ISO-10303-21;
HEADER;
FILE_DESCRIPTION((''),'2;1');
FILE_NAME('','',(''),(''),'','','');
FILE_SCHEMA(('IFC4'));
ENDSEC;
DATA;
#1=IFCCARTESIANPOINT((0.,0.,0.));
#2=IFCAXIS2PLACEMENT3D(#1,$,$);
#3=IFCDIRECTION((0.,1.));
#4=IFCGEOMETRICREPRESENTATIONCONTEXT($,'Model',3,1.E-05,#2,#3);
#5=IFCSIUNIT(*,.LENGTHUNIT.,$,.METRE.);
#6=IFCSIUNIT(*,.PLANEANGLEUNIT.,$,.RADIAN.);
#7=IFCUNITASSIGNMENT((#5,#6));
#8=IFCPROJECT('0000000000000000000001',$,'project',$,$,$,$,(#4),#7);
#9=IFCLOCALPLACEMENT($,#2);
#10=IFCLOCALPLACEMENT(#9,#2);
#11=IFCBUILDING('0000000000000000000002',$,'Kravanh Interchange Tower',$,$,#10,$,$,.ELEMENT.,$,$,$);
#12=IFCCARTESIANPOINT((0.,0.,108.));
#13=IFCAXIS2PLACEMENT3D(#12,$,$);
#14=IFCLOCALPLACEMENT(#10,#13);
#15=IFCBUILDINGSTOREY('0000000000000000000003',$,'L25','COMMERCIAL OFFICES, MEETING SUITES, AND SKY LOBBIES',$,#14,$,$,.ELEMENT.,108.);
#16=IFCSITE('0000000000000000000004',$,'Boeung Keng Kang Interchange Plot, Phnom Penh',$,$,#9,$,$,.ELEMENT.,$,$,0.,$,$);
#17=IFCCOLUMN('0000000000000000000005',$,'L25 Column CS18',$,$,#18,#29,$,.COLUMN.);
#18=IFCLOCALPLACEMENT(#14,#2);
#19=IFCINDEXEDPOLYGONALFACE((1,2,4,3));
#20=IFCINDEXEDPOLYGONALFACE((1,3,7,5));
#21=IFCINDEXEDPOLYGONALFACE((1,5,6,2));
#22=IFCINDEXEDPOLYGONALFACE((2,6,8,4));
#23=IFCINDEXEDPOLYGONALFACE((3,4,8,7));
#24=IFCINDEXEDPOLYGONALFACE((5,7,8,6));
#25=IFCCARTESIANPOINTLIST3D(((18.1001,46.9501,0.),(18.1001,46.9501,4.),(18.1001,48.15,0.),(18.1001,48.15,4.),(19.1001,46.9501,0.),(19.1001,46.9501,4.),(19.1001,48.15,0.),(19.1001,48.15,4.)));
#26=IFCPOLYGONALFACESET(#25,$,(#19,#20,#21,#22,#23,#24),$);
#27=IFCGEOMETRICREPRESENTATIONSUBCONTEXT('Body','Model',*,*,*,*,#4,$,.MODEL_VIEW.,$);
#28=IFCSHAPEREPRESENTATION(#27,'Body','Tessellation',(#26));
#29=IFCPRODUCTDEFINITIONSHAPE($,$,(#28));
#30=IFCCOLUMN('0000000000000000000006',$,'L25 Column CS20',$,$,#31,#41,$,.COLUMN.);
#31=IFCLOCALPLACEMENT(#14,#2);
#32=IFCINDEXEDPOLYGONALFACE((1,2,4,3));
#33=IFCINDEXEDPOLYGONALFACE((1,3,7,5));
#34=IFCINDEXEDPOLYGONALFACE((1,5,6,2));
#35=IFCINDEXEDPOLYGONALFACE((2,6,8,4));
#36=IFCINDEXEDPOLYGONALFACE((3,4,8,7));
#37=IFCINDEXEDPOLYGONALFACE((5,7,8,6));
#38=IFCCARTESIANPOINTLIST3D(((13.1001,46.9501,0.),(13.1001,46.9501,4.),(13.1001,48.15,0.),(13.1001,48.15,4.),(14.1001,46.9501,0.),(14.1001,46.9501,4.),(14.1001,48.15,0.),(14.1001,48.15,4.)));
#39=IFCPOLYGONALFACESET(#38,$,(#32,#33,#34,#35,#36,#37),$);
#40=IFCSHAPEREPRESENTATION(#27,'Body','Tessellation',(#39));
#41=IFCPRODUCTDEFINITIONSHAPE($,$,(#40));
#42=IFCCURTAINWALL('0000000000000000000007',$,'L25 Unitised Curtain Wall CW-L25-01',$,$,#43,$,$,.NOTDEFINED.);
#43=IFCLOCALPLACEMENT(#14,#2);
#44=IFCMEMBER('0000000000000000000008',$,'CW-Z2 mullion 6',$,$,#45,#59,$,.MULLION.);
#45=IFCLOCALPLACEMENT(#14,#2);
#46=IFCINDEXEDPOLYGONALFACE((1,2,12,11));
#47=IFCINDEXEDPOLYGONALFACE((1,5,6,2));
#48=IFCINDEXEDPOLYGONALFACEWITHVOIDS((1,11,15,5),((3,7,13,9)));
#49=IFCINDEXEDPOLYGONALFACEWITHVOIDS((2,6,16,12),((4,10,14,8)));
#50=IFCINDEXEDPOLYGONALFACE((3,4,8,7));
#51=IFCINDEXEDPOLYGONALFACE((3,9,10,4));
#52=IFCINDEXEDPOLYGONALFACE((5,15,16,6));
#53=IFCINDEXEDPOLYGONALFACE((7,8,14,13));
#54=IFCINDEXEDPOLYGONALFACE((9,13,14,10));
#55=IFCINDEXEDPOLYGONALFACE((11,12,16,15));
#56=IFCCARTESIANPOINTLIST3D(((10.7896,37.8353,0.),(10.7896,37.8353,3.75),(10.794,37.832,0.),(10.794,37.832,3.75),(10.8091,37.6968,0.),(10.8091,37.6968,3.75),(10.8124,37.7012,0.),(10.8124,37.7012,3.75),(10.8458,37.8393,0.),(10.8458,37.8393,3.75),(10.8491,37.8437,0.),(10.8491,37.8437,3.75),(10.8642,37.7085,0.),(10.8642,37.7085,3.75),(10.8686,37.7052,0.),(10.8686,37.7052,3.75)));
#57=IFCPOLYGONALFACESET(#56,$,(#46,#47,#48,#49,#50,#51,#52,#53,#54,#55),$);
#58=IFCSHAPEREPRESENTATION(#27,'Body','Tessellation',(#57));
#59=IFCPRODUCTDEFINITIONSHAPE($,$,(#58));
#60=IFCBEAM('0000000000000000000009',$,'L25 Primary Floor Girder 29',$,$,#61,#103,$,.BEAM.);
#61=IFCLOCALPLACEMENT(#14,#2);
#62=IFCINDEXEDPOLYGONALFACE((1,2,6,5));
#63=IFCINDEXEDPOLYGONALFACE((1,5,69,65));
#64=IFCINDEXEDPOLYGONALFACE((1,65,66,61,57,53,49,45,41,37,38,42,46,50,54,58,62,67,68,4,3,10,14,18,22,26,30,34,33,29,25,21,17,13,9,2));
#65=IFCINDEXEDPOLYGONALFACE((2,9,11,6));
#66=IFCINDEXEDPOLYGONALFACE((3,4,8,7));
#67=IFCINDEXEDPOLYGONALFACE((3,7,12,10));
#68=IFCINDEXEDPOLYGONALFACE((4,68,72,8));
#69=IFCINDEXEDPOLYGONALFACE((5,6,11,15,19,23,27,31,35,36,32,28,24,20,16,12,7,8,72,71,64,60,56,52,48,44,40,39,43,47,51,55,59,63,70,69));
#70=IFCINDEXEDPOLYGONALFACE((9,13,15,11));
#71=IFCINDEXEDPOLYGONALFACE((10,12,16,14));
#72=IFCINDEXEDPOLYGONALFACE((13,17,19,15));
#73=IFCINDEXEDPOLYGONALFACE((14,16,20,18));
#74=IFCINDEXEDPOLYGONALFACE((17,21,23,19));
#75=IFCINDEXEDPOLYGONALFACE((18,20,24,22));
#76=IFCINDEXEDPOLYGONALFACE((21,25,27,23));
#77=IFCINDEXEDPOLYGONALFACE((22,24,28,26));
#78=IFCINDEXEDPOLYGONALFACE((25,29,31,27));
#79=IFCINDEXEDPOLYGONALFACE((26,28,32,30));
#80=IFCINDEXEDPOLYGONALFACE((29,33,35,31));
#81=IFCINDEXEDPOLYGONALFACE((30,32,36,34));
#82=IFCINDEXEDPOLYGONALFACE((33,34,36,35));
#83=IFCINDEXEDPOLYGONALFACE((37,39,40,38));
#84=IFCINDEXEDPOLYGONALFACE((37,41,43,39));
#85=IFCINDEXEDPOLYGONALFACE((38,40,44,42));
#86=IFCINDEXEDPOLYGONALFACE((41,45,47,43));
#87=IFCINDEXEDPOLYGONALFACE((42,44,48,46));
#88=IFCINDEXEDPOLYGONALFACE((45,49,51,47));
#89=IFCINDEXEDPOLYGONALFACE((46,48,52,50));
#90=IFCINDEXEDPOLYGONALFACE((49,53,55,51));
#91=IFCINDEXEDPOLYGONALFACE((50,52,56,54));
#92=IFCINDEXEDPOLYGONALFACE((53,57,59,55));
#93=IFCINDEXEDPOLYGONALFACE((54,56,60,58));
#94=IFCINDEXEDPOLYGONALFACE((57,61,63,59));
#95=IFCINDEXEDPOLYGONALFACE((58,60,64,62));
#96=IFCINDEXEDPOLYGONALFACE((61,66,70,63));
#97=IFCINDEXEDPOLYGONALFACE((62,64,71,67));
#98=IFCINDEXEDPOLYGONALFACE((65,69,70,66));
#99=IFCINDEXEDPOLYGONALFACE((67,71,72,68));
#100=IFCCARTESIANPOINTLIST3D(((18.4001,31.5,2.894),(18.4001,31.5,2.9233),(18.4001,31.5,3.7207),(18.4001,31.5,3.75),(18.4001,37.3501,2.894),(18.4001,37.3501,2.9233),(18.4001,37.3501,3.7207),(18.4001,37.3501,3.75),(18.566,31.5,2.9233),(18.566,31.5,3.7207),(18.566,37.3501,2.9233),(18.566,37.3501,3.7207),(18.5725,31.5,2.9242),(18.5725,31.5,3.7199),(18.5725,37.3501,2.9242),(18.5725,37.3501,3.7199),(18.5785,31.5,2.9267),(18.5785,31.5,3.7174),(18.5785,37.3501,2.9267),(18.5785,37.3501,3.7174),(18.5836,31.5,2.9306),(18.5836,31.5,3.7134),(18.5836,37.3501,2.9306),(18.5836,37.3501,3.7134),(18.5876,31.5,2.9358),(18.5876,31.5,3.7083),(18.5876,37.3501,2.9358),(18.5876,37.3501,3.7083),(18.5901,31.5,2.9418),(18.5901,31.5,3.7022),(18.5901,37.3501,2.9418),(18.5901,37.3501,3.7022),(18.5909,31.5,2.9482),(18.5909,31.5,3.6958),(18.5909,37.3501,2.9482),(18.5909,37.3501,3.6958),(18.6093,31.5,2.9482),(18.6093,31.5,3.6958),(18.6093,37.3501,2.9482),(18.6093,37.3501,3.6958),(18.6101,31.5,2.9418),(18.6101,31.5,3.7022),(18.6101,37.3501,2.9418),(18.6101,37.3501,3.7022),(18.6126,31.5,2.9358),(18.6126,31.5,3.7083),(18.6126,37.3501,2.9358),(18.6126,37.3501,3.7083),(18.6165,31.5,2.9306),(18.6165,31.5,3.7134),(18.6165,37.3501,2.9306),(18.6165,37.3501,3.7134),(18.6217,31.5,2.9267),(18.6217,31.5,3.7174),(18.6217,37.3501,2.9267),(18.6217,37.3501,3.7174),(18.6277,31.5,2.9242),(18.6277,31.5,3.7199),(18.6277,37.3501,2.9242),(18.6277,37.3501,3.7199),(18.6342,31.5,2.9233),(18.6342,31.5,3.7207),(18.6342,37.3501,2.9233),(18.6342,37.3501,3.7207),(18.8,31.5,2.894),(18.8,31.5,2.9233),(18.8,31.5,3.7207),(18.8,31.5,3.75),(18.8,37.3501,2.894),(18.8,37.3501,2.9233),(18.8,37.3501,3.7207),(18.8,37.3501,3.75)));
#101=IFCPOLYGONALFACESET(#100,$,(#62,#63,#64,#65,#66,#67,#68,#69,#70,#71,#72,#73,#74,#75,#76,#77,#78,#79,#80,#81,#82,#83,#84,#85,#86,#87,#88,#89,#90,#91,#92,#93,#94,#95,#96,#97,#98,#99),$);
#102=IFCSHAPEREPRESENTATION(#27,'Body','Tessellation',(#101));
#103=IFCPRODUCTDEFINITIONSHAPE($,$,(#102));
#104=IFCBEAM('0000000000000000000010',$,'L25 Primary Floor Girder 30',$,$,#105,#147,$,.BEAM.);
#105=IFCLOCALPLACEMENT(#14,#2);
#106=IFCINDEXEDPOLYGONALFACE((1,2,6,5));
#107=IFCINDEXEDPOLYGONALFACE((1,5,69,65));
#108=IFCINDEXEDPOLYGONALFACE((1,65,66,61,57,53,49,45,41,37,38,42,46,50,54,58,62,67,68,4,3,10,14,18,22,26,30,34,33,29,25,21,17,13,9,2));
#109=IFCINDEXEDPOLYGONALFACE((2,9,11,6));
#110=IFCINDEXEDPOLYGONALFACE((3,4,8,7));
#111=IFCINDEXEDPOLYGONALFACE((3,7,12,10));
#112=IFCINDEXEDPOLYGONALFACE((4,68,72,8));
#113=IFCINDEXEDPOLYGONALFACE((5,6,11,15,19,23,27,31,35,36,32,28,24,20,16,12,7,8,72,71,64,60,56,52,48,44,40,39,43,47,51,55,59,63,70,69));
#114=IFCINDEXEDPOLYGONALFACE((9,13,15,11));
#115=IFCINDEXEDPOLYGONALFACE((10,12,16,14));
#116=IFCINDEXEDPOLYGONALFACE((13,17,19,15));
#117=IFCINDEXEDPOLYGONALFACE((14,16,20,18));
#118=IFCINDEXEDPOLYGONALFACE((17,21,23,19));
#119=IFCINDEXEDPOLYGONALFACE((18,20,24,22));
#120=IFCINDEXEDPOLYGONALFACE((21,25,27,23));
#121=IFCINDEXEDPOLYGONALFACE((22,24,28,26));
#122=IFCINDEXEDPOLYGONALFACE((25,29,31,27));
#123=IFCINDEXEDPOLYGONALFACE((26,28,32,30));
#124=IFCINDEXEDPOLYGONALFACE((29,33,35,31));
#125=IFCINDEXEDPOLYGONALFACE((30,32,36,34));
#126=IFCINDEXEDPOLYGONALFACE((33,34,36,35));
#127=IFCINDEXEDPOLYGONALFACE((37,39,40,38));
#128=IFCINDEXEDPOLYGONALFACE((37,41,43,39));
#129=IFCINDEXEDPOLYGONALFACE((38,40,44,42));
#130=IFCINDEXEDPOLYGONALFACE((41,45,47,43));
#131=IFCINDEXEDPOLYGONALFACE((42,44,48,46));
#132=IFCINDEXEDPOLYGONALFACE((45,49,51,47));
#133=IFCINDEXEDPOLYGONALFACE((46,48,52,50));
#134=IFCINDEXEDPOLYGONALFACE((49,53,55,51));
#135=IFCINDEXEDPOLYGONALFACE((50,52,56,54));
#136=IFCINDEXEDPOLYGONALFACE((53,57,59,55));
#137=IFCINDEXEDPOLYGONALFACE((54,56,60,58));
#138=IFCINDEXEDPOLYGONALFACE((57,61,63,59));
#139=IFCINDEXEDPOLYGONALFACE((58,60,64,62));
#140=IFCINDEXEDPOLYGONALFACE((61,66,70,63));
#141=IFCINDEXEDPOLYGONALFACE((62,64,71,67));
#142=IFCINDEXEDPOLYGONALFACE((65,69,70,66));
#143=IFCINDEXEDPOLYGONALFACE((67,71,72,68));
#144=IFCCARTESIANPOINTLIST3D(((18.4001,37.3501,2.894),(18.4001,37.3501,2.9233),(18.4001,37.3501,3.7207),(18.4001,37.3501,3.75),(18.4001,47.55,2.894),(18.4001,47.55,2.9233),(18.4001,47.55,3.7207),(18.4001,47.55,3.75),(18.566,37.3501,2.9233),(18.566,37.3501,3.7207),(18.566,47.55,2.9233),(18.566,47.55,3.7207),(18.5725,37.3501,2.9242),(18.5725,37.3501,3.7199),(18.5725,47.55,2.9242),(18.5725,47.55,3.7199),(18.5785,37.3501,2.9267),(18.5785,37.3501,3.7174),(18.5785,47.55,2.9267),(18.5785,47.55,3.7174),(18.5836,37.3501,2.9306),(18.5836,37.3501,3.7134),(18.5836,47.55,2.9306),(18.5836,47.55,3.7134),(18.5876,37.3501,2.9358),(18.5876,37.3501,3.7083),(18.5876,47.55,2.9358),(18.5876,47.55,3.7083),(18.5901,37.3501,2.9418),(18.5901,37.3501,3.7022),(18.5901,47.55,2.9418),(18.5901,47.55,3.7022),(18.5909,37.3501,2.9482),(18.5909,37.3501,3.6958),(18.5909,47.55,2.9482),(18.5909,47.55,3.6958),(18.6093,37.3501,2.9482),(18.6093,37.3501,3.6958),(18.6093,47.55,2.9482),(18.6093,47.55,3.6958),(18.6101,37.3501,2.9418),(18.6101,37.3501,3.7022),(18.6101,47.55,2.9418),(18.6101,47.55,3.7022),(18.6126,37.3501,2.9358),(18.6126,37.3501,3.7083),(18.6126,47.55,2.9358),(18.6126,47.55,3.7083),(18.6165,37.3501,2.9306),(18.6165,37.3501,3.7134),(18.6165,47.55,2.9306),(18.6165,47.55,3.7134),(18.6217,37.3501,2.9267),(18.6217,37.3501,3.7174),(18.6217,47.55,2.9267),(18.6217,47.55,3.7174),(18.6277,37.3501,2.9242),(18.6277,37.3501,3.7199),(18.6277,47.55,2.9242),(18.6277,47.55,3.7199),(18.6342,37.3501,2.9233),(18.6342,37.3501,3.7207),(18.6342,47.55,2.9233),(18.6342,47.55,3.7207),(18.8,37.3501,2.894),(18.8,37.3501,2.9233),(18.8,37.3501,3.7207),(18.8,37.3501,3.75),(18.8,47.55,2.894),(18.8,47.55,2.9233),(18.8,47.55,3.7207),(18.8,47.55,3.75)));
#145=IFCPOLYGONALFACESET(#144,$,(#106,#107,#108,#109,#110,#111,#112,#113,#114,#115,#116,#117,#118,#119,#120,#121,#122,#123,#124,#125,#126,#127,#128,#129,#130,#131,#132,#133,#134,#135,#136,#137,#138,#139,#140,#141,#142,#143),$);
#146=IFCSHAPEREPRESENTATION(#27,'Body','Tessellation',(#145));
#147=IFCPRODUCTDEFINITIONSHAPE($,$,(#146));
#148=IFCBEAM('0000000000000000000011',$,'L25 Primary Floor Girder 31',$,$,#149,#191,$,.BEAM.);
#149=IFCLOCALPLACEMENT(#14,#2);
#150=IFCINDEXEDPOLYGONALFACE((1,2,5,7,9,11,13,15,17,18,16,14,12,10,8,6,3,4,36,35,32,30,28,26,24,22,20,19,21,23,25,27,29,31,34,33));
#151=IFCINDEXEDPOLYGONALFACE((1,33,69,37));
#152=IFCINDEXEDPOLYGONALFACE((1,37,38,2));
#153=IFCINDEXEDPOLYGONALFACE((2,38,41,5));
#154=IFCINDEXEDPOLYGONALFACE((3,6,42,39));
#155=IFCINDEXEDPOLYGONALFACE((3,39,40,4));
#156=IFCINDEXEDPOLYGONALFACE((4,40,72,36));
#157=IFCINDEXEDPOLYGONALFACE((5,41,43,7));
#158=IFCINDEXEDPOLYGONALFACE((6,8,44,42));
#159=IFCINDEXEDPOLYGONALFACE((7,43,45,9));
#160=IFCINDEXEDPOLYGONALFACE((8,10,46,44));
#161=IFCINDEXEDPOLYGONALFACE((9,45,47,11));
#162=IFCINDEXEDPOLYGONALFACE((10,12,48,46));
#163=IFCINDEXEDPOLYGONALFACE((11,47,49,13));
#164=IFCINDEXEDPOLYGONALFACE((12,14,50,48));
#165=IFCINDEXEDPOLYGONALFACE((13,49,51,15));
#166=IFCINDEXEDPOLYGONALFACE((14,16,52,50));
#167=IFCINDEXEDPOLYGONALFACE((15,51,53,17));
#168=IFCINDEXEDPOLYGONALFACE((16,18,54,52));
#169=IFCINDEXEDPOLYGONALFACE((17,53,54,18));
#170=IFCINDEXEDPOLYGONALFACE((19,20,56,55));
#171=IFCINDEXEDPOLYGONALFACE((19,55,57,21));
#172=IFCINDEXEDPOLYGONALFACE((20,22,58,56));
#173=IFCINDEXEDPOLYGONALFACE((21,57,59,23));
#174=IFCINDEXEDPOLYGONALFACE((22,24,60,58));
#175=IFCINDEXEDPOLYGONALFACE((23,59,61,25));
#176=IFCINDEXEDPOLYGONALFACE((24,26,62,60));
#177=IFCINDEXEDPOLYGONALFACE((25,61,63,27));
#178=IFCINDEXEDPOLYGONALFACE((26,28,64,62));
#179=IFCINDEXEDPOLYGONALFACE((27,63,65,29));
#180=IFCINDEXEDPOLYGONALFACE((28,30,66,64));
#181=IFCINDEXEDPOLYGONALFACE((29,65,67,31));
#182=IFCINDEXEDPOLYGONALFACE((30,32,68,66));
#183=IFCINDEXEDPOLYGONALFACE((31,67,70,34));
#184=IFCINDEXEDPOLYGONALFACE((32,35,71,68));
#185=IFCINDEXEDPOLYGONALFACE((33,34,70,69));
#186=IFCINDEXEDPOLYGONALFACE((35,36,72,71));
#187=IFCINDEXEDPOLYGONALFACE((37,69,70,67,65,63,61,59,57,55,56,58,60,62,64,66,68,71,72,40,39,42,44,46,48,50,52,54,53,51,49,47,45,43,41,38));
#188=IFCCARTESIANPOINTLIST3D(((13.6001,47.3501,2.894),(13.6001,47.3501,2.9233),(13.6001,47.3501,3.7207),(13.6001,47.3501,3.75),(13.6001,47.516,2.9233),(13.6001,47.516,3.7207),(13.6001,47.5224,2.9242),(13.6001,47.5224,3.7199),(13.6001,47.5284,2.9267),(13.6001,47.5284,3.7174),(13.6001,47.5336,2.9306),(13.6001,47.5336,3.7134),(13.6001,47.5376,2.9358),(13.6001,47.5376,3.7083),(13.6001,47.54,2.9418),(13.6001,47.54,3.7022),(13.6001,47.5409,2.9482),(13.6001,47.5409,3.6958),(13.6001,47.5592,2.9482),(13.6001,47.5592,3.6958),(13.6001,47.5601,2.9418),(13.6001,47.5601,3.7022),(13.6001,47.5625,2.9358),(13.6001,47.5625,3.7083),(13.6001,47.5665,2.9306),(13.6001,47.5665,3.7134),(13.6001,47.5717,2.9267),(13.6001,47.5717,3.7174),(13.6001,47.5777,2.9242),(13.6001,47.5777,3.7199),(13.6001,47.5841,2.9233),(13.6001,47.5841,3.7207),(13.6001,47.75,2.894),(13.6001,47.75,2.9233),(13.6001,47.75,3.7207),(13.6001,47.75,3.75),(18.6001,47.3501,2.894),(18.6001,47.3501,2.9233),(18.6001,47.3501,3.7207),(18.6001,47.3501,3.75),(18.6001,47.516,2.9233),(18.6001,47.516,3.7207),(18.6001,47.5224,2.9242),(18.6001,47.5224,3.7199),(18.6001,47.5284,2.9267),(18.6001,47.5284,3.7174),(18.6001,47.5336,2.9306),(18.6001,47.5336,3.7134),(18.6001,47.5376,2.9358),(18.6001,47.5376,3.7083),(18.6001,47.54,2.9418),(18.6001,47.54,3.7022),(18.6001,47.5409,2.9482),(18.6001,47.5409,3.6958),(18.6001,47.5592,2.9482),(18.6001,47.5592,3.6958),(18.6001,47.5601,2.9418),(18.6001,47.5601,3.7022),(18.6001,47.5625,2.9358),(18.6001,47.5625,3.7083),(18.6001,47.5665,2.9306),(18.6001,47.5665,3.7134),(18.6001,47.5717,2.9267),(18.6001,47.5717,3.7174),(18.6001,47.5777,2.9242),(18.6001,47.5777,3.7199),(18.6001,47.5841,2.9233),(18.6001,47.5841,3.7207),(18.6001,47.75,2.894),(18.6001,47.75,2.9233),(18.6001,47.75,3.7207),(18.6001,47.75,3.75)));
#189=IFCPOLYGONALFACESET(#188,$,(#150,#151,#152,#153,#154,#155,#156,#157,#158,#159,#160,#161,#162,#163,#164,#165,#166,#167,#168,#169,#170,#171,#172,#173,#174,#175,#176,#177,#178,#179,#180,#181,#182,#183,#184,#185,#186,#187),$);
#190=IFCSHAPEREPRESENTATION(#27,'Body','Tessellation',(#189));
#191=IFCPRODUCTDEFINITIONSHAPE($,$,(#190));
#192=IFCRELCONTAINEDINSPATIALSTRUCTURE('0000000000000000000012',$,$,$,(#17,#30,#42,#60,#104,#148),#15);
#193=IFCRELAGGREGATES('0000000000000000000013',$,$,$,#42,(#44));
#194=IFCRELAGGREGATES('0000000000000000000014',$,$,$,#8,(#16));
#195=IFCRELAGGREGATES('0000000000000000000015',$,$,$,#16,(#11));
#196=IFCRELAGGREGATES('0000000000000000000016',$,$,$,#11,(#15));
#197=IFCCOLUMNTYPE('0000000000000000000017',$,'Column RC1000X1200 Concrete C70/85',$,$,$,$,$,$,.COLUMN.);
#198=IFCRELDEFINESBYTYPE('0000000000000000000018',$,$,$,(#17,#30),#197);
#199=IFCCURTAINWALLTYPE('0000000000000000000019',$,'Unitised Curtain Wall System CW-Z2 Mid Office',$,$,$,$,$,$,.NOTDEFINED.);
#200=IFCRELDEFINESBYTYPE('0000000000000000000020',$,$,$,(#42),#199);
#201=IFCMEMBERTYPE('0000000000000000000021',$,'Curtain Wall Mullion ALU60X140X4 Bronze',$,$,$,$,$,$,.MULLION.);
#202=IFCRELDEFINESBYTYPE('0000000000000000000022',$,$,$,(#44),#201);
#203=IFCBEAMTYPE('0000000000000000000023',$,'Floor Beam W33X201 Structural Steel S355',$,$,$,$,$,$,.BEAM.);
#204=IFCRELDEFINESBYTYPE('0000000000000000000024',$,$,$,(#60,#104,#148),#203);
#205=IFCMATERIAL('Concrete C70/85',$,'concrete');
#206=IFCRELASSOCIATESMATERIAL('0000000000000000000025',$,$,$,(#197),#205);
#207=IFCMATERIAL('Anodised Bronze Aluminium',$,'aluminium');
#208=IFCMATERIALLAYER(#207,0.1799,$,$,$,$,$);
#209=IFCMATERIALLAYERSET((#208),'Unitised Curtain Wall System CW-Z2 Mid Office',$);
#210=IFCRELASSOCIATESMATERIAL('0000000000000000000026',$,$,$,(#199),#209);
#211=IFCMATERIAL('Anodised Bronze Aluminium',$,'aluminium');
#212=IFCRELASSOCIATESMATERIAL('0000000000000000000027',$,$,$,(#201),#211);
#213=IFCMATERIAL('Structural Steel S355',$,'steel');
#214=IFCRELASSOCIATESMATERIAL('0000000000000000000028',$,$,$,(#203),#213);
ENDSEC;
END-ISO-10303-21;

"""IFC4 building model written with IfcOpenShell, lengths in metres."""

from ifc_helpers import new_model, si_unit, direction, frame, origin, origin_2d, place, context, subcontext, project, spatial, rectangle, hollow_rectangle, i_section, extrude, material, layer, layer_set, material_profile, profile_set, type_object, element, aggregate, save


model = new_model("IFC4")

# Units and contexts
model_context = context("Model", 3, precision=1e-05, world=origin(), true_north=direction((0.0, 1.0)))
body_context = subcontext(model_context, "Body", "Model", "MODEL_VIEW")
ifc_project = project(units=[si_unit("LENGTHUNIT", "METRE"), si_unit("PLANEANGLEUNIT", "RADIAN")], contexts=[model_context])

# Site, building, storey
site_placement = place(None, origin())
site = spatial("IfcSite", under=ifc_project, at=site_placement, Name="Boeung Keng Kang Interchange Plot, Phnom Penh", CompositionType="ELEMENT", RefElevation=0.0)
building_placement = place(site_placement, origin())
building = spatial("IfcBuilding", under=site, at=building_placement, Name="Kravanh Interchange Tower", CompositionType="ELEMENT")
storey_placement = place(building_placement, frame((0.0, 0.0, 108.0)))
storey = spatial("IfcBuildingStorey", under=building, at=storey_placement, Name="L25", Description="COMMERCIAL OFFICES, MEETING SUITES, AND SKY LOBBIES", CompositionType="ELEMENT", Elevation=108.0)

# Columns
ifc_material_1 = material(Name="Concrete C70/85", Category="concrete")
ifc_material_profile_1 = material_profile(ifc_material_1, rectangle(XDim=1.0, YDim=1.2, at=origin_2d()), Name="RC1000X1200")
ifc_profile_set_1 = profile_set([ifc_material_profile_1], Name="Concrete C70/85")
column_type = type_object("IfcColumnType", Name="Column RC1000X1200 Concrete C70/85", PredefinedType="COLUMN", material=ifc_profile_set_1)
for number, where, z_axis, x_axis, name in (
    (1, (18.6001, 47.55, 0.0), (0.0, 0.0, 1.0), (1.0, 0.0, 0.0), "L25 Column CS18"),
    (2, (13.6001, 47.55, 0.0), (0.0, 0.0, 1.0), (1.0, 0.0, 0.0), "L25 Column CS20"),
):
    element("IfcColumn", number, at=place(storey_placement, frame(where, z_axis=z_axis, x_axis=x_axis)), inside=storey, type_object=column_type, Name=name, PredefinedType="COLUMN", context=body_context, shape_type="SweptSolid", body=[
        extrude(rectangle(XDim=1.0, YDim=1.2, at=origin_2d()), origin(), (0.0, 0.0, 1.0), 4.0),
    ])

# Curtain wall, member
ifc_material_2 = material(Name="Anodised Bronze Aluminium", Category="aluminium")
ifc_layer_1 = layer(ifc_material_2, 0.1799)
ifc_layer_set_1 = layer_set([ifc_layer_1], Name="Unitised Curtain Wall System CW-Z2 Mid Office")
curtain_wall_type = type_object("IfcCurtainWallType", Name="Unitised Curtain Wall System CW-Z2 Mid Office", PredefinedType="NOTDEFINED", material=ifc_layer_set_1)
curtain_wall_placement = place(storey_placement, origin())
curtain_wall = element("IfcCurtainWall", 3, at=curtain_wall_placement, inside=storey, type_object=curtain_wall_type, Name="L25 Unitised Curtain Wall CW-L25-01", PredefinedType="NOTDEFINED")
ifc_material_3 = material(Name="Anodised Bronze Aluminium", Category="aluminium")
ifc_material_profile_2 = material_profile(ifc_material_3, hollow_rectangle(XDim=0.0601, YDim=0.1399, WallThickness=0.0039, at=origin_2d()), Name="ALU60X140X4")
ifc_profile_set_2 = profile_set([ifc_material_profile_2], Name="Anodised Bronze Aluminium")
member_type = type_object("IfcMemberType", Name="Curtain Wall Mullion ALU60X140X4 Bronze", PredefinedType="MULLION", material=ifc_profile_set_2)
member_placement = place(storey_placement, frame((10.8291, 37.7703, 0.0), z_axis=(0.0, 0.0, 1.0), x_axis=(-0.990268, -0.139173, 0.0)))
member = element("IfcMember", 4, at=member_placement, type_object=member_type, Name="CW-Z2 mullion 6", PredefinedType="MULLION", context=body_context, shape_type="SweptSolid", body=[
    extrude(hollow_rectangle(XDim=0.0601, YDim=0.1399, WallThickness=0.0039, at=origin_2d()), origin(), (0.0, 0.0, 1.0), 3.75),
])
aggregate(curtain_wall, [member])

# Beams
ifc_material_4 = material(Name="Structural Steel S355", Category="steel")
ifc_material_profile_3 = material_profile(ifc_material_4, i_section(OverallWidth=0.3999, OverallDepth=0.856, WebThickness=0.0183, FlangeThickness=0.0293, FilletRadius=0.0249, at=origin_2d()), Name="W33X201")
ifc_profile_set_3 = profile_set([ifc_material_profile_3], Name="Structural Steel S355")
beam_type = type_object("IfcBeamType", Name="Floor Beam W33X201 Structural Steel S355", PredefinedType="BEAM", material=ifc_profile_set_3)
beam_1_placement = place(storey_placement, frame((18.6001, 37.3501, 3.322), z_axis=(0.0, -1.0, 0.0), x_axis=(1.0, 0.0, 0.0)))
element("IfcBeam", 5, at=beam_1_placement, inside=storey, type_object=beam_type, Name="L25 Primary Floor Girder 29", PredefinedType="BEAM", context=body_context, shape_type="SweptSolid", body=[
    extrude(i_section(OverallWidth=0.3999, OverallDepth=0.856, WebThickness=0.0183, FlangeThickness=0.0293, FilletRadius=0.0249, at=origin_2d()), origin(), (0.0, 0.0, 1.0), 5.8501),
])
beam_2_placement = place(storey_placement, frame((18.6001, 37.3501, 3.322), z_axis=(0.0, 1.0, 0.0), x_axis=(-1.0, 0.0, 0.0)))
element("IfcBeam", 6, at=beam_2_placement, inside=storey, type_object=beam_type, Name="L25 Primary Floor Girder 30", PredefinedType="BEAM", context=body_context, shape_type="SweptSolid", body=[
    extrude(i_section(OverallWidth=0.3999, OverallDepth=0.856, WebThickness=0.0183, FlangeThickness=0.0293, FilletRadius=0.0249, at=origin_2d()), origin(), (0.0, 0.0, 1.0), 10.2),
])
beam_3_placement = place(storey_placement, frame((18.6001, 47.55, 3.322), z_axis=(-1.0, 0.0, 0.0), x_axis=(0.0, -1.0, 0.0)))
element("IfcBeam", 7, at=beam_3_placement, inside=storey, type_object=beam_type, Name="L25 Primary Floor Girder 31", PredefinedType="BEAM", context=body_context, shape_type="SweptSolid", body=[
    extrude(i_section(OverallWidth=0.3999, OverallDepth=0.856, WebThickness=0.0183, FlangeThickness=0.0293, FilletRadius=0.0249, at=origin_2d()), origin(), (0.0, 0.0, 1.0), 5.0),
])

save(model, "model.ifc")
